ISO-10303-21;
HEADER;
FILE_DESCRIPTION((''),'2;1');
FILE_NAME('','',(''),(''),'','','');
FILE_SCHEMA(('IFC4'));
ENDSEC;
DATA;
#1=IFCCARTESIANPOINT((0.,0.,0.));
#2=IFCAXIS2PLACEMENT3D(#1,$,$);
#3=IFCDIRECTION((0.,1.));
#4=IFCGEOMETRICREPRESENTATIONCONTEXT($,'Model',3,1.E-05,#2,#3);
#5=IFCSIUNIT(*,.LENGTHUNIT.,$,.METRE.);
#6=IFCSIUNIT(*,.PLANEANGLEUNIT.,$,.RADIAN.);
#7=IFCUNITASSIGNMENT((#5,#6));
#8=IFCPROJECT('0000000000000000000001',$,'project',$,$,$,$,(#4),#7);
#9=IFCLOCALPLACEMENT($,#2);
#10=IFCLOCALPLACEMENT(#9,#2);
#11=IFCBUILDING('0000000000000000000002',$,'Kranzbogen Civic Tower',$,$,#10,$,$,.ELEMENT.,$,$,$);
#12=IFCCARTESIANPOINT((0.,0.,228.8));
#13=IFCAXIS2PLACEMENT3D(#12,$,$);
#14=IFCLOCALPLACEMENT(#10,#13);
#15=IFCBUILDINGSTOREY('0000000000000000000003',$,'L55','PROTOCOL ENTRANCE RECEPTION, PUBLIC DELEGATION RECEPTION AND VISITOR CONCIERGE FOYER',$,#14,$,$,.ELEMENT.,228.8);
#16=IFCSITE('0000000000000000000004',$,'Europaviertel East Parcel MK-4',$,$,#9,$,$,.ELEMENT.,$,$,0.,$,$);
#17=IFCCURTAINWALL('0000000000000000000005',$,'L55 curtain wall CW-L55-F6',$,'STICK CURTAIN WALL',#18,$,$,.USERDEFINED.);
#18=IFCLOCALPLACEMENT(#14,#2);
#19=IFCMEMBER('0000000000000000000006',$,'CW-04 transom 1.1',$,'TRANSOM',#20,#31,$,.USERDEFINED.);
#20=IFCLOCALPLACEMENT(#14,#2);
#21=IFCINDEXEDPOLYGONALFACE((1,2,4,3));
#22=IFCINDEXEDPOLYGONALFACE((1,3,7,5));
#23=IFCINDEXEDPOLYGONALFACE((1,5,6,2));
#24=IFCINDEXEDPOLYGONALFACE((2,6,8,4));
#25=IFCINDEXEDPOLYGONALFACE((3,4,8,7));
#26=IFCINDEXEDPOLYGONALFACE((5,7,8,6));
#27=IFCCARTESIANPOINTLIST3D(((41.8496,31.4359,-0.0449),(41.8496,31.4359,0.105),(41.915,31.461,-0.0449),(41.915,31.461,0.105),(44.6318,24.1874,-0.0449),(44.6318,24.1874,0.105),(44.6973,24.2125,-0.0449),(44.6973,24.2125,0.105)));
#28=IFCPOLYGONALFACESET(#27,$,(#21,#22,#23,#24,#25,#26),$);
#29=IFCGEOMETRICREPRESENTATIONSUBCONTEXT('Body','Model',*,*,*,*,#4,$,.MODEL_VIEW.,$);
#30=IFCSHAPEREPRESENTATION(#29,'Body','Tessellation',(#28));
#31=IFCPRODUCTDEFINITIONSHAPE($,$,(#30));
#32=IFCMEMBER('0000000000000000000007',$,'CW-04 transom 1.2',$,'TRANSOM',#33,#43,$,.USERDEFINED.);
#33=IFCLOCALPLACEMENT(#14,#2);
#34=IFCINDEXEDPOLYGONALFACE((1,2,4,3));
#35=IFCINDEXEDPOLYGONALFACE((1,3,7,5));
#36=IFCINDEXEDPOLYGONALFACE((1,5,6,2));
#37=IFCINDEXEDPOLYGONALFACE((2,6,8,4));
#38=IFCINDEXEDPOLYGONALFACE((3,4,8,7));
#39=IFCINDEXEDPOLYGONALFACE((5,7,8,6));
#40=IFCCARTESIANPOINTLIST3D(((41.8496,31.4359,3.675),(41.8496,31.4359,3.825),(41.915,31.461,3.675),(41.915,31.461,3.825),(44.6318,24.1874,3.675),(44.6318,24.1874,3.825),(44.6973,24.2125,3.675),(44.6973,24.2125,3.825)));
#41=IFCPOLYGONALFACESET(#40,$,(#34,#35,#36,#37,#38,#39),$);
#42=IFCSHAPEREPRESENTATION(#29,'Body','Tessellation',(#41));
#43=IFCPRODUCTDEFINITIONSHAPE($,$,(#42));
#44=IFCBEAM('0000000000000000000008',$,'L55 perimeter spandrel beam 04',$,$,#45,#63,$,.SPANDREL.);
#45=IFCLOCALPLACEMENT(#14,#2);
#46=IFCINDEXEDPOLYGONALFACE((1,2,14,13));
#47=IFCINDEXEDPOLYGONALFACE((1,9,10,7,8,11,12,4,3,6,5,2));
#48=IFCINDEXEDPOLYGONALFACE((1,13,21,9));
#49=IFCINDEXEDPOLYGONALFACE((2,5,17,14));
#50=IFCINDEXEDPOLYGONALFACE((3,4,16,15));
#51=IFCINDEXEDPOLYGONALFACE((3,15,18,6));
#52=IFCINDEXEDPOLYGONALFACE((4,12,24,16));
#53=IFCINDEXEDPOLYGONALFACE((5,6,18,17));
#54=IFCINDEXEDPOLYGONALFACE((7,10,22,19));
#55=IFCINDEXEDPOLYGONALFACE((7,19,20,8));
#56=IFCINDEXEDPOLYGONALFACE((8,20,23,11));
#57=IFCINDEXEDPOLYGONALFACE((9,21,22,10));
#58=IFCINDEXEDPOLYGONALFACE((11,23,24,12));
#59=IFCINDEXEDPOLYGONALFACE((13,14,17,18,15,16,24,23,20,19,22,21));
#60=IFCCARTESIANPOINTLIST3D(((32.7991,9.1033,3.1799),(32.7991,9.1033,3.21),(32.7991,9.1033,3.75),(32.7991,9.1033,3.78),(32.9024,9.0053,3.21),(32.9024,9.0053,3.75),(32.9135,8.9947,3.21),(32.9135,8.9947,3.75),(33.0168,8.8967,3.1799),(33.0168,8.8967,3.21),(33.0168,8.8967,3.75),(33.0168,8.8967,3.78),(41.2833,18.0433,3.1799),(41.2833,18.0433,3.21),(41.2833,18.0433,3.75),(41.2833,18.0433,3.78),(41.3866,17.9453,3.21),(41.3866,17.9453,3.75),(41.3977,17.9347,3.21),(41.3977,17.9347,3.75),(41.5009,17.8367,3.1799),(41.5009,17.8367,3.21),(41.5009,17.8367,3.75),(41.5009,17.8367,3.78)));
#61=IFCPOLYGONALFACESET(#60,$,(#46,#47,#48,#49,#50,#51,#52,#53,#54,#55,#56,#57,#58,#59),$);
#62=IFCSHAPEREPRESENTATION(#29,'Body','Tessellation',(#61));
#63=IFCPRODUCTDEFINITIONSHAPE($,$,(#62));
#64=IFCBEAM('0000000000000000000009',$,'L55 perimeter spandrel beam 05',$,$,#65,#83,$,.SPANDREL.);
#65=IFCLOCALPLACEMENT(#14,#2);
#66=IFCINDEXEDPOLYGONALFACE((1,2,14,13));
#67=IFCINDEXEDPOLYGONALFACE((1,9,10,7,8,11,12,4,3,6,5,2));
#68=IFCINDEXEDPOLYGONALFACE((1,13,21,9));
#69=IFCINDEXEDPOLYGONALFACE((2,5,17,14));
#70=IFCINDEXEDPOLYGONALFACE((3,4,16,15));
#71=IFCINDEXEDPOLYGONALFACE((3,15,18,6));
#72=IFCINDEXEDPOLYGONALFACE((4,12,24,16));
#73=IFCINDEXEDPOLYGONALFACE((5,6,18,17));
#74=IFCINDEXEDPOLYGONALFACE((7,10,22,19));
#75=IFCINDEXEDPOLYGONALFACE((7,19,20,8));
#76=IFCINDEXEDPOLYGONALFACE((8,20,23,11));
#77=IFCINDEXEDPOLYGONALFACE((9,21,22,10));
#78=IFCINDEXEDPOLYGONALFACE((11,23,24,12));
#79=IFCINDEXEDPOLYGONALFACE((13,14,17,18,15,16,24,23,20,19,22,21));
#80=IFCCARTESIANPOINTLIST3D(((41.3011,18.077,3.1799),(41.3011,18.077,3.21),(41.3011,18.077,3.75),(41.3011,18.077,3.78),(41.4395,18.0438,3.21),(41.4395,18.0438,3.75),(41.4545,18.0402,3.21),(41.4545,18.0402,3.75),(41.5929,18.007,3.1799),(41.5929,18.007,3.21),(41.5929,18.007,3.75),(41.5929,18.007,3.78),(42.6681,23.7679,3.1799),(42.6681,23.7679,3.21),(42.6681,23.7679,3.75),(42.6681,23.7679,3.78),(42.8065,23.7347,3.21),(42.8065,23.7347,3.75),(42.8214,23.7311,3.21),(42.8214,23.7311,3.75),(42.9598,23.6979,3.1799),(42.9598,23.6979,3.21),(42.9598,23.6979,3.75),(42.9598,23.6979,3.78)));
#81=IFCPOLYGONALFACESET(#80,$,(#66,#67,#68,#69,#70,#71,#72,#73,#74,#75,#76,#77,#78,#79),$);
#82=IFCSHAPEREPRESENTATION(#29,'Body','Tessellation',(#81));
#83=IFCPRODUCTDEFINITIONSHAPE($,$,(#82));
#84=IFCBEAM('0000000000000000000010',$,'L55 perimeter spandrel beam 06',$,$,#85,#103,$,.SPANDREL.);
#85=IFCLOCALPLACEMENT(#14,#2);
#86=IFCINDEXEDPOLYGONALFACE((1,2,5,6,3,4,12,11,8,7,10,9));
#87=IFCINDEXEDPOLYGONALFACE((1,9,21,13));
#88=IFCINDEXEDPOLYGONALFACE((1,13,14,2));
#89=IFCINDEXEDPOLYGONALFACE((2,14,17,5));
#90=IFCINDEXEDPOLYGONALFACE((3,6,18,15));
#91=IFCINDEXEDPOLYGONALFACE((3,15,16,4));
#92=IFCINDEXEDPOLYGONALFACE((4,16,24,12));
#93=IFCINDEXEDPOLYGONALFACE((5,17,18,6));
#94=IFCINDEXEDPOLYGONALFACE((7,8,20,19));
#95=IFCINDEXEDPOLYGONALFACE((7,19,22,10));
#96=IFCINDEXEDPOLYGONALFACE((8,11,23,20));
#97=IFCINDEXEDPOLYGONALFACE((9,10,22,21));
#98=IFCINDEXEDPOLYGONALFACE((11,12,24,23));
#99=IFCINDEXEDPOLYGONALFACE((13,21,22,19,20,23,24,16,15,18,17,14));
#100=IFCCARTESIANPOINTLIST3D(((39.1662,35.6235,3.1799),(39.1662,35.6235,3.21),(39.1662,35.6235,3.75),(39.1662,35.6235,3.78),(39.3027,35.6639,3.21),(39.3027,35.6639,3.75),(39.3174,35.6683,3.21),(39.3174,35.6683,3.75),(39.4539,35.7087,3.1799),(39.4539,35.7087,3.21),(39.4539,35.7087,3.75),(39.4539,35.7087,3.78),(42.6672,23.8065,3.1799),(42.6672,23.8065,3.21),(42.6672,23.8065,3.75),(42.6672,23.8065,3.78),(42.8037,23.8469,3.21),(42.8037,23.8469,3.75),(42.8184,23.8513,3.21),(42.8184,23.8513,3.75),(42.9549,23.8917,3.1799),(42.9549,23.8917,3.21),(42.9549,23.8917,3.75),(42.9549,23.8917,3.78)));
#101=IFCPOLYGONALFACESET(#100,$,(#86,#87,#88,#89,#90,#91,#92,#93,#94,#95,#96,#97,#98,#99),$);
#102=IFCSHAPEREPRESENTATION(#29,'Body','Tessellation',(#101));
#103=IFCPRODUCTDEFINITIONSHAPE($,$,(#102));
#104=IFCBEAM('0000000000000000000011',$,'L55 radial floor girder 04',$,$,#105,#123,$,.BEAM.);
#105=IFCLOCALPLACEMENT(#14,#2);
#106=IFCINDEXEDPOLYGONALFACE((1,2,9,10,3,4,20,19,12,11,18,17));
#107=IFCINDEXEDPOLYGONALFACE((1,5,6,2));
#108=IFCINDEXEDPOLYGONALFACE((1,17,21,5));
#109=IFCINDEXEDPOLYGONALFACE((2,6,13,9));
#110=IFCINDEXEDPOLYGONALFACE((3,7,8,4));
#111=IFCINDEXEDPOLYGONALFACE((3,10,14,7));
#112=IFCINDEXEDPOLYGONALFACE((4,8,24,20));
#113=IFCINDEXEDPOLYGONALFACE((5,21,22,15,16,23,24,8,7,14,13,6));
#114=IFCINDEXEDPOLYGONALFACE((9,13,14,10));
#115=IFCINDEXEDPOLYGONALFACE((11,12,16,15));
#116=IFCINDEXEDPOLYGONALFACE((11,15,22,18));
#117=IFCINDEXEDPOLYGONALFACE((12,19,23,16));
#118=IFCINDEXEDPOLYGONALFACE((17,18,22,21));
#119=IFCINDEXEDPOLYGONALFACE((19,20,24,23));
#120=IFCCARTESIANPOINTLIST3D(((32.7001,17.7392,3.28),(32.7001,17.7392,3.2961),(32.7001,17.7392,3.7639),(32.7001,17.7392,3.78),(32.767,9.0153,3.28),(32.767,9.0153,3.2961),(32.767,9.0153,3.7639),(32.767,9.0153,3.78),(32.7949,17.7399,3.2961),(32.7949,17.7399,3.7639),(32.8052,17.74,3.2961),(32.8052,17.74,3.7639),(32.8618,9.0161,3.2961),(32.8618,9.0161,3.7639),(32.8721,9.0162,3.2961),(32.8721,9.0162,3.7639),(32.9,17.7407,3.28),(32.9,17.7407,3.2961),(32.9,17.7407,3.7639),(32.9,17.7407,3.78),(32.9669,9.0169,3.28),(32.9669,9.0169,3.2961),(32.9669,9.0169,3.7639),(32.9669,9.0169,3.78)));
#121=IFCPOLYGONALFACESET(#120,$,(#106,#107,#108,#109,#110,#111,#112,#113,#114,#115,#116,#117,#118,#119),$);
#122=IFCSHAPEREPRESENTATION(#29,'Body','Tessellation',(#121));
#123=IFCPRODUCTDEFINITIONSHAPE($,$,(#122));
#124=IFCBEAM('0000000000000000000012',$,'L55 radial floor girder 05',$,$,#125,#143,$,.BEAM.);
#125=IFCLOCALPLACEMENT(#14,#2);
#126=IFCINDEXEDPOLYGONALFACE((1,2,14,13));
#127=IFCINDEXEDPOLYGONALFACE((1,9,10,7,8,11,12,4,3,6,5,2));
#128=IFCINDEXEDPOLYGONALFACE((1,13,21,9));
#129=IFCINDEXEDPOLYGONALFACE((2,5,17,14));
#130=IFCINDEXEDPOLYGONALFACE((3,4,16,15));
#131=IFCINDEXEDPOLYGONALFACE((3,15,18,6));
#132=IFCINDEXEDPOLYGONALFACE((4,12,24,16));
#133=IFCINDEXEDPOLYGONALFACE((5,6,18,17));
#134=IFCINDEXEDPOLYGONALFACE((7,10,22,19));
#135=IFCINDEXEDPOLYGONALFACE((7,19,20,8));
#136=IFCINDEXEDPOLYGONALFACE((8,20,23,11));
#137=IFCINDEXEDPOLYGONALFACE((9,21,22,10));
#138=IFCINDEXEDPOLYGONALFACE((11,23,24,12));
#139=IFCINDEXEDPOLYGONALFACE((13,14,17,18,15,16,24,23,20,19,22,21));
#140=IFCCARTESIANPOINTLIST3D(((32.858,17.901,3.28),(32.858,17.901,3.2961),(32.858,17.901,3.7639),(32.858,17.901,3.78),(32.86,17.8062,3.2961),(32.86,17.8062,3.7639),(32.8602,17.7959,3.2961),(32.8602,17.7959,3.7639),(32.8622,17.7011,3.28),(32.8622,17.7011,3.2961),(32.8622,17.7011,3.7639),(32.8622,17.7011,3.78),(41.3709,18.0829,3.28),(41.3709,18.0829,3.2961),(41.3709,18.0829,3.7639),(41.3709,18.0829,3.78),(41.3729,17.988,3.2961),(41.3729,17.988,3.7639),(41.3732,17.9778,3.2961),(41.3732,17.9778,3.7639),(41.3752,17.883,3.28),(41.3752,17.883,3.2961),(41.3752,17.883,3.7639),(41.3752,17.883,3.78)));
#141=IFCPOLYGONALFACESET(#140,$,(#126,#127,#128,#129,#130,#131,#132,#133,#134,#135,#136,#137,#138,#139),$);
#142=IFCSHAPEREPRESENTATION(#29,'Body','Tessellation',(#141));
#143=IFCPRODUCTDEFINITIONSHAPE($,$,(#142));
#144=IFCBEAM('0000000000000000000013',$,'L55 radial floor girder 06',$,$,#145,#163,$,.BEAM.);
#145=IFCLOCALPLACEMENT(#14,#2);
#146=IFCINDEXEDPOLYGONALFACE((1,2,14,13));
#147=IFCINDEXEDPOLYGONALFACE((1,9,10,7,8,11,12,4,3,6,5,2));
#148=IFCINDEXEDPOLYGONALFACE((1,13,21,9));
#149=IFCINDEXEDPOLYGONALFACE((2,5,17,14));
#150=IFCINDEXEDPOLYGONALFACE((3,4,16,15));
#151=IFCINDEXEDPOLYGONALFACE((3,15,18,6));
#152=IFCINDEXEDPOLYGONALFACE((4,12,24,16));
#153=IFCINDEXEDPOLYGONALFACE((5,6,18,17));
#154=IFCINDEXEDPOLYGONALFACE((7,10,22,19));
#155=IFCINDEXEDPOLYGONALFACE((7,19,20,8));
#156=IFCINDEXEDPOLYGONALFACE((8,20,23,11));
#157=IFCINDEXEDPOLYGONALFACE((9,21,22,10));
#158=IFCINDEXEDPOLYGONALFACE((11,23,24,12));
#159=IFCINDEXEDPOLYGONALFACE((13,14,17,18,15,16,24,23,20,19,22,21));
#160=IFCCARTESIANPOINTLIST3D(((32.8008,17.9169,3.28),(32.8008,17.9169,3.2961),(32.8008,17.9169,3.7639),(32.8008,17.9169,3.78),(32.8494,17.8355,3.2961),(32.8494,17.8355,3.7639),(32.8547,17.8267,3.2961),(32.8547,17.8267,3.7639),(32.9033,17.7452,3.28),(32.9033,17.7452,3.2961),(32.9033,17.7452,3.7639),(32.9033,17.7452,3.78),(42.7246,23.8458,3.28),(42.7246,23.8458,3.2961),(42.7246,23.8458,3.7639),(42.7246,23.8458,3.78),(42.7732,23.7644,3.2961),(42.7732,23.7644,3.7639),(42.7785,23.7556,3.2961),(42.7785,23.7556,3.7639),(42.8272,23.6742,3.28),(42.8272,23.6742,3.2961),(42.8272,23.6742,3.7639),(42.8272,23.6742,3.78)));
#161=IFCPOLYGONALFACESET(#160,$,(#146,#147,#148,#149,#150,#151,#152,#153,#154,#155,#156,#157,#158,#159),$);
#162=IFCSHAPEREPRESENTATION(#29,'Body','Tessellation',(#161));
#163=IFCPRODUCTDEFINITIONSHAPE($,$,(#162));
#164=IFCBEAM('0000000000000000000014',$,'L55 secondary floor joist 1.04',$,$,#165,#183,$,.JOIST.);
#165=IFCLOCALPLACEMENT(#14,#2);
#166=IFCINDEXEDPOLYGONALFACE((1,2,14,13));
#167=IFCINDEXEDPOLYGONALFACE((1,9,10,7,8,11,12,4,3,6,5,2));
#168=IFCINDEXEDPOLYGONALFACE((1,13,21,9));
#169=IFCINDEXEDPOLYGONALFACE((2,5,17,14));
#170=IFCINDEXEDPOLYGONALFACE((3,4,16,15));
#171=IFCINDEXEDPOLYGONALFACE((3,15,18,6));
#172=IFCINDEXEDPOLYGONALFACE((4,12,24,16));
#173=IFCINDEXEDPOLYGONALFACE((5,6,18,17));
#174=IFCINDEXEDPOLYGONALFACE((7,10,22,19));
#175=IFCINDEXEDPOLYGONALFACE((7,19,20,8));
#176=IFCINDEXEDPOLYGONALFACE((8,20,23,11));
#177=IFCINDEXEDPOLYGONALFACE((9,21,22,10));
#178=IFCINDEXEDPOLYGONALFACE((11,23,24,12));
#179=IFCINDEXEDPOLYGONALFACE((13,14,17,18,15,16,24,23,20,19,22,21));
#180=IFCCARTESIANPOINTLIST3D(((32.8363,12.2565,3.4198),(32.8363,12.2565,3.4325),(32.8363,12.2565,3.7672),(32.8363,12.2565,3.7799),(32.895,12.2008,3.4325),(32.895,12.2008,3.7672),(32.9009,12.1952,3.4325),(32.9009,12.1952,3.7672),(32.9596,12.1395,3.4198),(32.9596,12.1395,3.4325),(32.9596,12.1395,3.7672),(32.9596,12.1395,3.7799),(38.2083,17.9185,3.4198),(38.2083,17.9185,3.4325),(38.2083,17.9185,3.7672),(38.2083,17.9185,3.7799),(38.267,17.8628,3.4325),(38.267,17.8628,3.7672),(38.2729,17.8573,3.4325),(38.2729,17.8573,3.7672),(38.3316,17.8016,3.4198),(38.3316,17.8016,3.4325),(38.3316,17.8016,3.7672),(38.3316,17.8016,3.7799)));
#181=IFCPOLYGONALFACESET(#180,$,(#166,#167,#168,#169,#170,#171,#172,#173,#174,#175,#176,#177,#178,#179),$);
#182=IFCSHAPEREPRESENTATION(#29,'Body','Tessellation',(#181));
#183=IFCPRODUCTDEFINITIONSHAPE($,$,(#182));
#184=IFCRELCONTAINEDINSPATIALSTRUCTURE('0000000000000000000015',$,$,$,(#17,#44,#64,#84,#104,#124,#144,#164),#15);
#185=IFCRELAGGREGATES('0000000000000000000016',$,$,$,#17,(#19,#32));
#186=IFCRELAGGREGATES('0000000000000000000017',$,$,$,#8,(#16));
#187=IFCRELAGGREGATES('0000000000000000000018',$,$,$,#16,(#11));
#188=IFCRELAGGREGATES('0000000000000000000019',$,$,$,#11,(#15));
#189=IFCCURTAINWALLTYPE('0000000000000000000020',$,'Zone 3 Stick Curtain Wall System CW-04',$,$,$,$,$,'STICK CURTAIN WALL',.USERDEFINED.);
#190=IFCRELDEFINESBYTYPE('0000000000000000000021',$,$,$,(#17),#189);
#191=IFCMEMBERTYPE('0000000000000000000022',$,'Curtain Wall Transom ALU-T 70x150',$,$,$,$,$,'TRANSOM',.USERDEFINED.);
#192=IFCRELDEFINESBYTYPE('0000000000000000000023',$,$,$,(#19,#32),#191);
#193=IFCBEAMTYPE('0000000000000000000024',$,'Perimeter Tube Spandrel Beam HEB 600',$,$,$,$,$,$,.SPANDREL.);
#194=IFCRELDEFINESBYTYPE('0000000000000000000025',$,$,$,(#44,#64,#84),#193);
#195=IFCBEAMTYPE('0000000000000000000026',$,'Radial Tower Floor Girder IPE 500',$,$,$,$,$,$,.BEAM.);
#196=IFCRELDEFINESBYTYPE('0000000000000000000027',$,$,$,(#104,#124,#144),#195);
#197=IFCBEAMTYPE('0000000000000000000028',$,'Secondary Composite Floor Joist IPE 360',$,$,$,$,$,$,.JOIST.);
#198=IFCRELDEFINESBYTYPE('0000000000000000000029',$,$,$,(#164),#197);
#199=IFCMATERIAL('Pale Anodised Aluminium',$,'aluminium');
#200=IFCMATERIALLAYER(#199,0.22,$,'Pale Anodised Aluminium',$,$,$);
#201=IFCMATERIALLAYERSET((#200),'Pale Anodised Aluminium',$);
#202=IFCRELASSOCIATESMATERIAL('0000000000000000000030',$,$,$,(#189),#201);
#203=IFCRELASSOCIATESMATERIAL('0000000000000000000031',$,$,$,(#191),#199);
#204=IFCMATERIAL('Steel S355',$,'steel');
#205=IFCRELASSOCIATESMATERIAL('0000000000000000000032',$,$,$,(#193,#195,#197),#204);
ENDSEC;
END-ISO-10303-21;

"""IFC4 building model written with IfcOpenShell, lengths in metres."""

from ifc_helpers import new_model, si_unit, direction, frame, origin, origin_2d, place, context, subcontext, project, spatial, rectangle, i_section, extrude, material, layer, layer_set, material_profile, profile_set, type_object, element, aggregate, save


model = new_model("IFC4")

# Units and contexts
model_context = context("Model", 3, precision=1e-05, world=origin(), true_north=direction((0.0, 1.0)))
body_context = subcontext(model_context, "Body", "Model", "MODEL_VIEW")
ifc_project = project(units=[si_unit("LENGTHUNIT", "METRE"), si_unit("PLANEANGLEUNIT", "RADIAN")], contexts=[model_context])

# Site, building, storey
site_placement = place(None, origin())
site = spatial("IfcSite", under=ifc_project, at=site_placement, Name="Europaviertel East Parcel MK-4", CompositionType="ELEMENT", RefElevation=0.0)
building_placement = place(site_placement, origin())
building = spatial("IfcBuilding", under=site, at=building_placement, Name="Kranzbogen Civic Tower", CompositionType="ELEMENT")
storey_placement = place(building_placement, frame((0.0, 0.0, 228.8)))
storey = spatial("IfcBuildingStorey", under=building, at=storey_placement, Name="L55", Description="PROTOCOL ENTRANCE RECEPTION, PUBLIC DELEGATION RECEPTION AND VISITOR CONCIERGE FOYER", CompositionType="ELEMENT", Elevation=228.8)

# Shared definitions
ifc_material_1 = material(Name="Steel S355", Category="steel")

# Shared definitions
ifc_material_2 = material(Name="Pale Anodised Aluminium", Category="aluminium")
ifc_layer_1 = layer(ifc_material_2, 0.22, Name="Pale Anodised Aluminium")
ifc_layer_set_1 = layer_set([ifc_layer_1], Name="Pale Anodised Aluminium")
curtain_wall_type = type_object("IfcCurtainWallType", Name="Zone 3 Stick Curtain Wall System CW-04", ElementType="STICK CURTAIN WALL", PredefinedType="USERDEFINED", material=ifc_layer_set_1)

# Curtain wall
curtain_wall_1_placement = place(storey_placement, origin())
curtain_wall_1 = element("IfcCurtainWall", 1, at=curtain_wall_1_placement, inside=storey, type_object=curtain_wall_type, Name="L55 curtain wall CW-L55-F6", ObjectType="STICK CURTAIN WALL", PredefinedType="USERDEFINED")

# Members
ifc_material_profile_1 = material_profile(ifc_material_2, rectangle(XDim=0.0701, YDim=0.1499, at=origin_2d()), Name="ALU-T 70x150")
ifc_profile_set_1 = profile_set([ifc_material_profile_1], Name="Pale Anodised Aluminium")
member_type_1 = type_object("IfcMemberType", Name="Curtain Wall Transom ALU-T 70x150", ElementType="TRANSOM", PredefinedType="USERDEFINED", material=ifc_profile_set_1)
member_1_placement = place(storey_placement, frame((44.6646, 24.2, 0.03), z_axis=(-0.358343, 0.93359, 0.0), x_axis=(-0.93359, -0.358343, 0.0)))
member_1 = element("IfcMember", 2, at=member_1_placement, type_object=member_type_1, Name="CW-04 transom 1.1", ObjectType="TRANSOM", PredefinedType="USERDEFINED", context=body_context, shape_type="SweptSolid", body=[
    extrude(rectangle(XDim=0.0701, YDim=0.1499, at=origin_2d()), origin(), (0.0, 0.0, 1.0), 7.7642),
])
member_2_placement = place(storey_placement, frame((44.6646, 24.2, 3.75), z_axis=(-0.358343, 0.93359, 0.0), x_axis=(-0.93359, -0.358343, 0.0)))
member_2 = element("IfcMember", 3, at=member_2_placement, type_object=member_type_1, Name="CW-04 transom 1.2", ObjectType="TRANSOM", PredefinedType="USERDEFINED", context=body_context, shape_type="SweptSolid", body=[
    extrude(rectangle(XDim=0.0701, YDim=0.1499, at=origin_2d()), origin(), (0.0, 0.0, 1.0), 7.7642),
])
aggregate(curtain_wall_1, [member_1, member_2])

# Beams
ifc_material_profile_2 = material_profile(ifc_material_1, i_section(OverallWidth=0.3, OverallDepth=0.6001, WebThickness=0.0154, FlangeThickness=0.03, at=origin_2d()), Name="HEB 600")
ifc_profile_set_2 = profile_set([ifc_material_profile_2], Name="Steel S355")
beam_type_1 = type_object("IfcBeamType", Name="Perimeter Tube Spandrel Beam HEB 600", PredefinedType="SPANDREL", material=ifc_profile_set_2)
beam_1_placement = place(storey_placement, frame((32.908, 9.0, 3.48), z_axis=(0.688373, 0.725356, 0.0), x_axis=(-0.725356, 0.688373, 0.0)))
element("IfcBeam", 4, at=beam_1_placement, inside=storey, type_object=beam_type_1, Name="L55 perimeter spandrel beam 04", PredefinedType="SPANDREL", context=body_context, shape_type="SweptSolid", body=[
    extrude(i_section(OverallWidth=0.3, OverallDepth=0.6001, WebThickness=0.0154, FlangeThickness=0.03, at=origin_2d()), origin(), (0.0, 0.0, 1.0), 12.325),
])
beam_2_placement = place(storey_placement, frame((41.447, 18.042, 3.48), z_axis=(0.233554, 0.972344, 0.0), x_axis=(-0.972344, 0.233554, 0.0)))
element("IfcBeam", 5, at=beam_2_placement, inside=storey, type_object=beam_type_1, Name="L55 perimeter spandrel beam 05", PredefinedType="SPANDREL", context=body_context, shape_type="SweptSolid", body=[
    extrude(i_section(OverallWidth=0.3, OverallDepth=0.6001, WebThickness=0.0154, FlangeThickness=0.03, at=origin_2d()), origin(), (0.0, 0.0, 1.0), 5.8528),
])
beam_3_placement = place(storey_placement, frame((42.811, 23.8491, 3.48), z_axis=(-0.284064, 0.958805, 0.0), x_axis=(-0.958805, -0.284064, 0.0)))
element("IfcBeam", 6, at=beam_3_placement, inside=storey, type_object=beam_type_1, Name="L55 perimeter spandrel beam 06", PredefinedType="SPANDREL", context=body_context, shape_type="SweptSolid", body=[
    extrude(i_section(OverallWidth=0.3, OverallDepth=0.6001, WebThickness=0.0154, FlangeThickness=0.03, at=origin_2d()), origin(), (0.0, 0.0, 1.0), 12.3247),
])
ifc_material_profile_3 = material_profile(ifc_material_1, i_section(OverallWidth=0.2, OverallDepth=0.5, WebThickness=0.0103, FlangeThickness=0.0161, at=origin_2d()), Name="IPE 500")
ifc_profile_set_3 = profile_set([ifc_material_profile_3], Name="Steel S355")
beam_type_2 = type_object("IfcBeamType", Name="Radial Tower Floor Girder IPE 500", PredefinedType="BEAM", material=ifc_profile_set_3)
beam_4_placement = place(storey_placement, frame((32.8669, 9.0161, 3.53), z_axis=(-0.007668, 0.999971, 0.0), x_axis=(-0.999971, -0.007668, 0.0)))
element("IfcBeam", 7, at=beam_4_placement, inside=storey, type_object=beam_type_2, Name="L55 radial floor girder 04", PredefinedType="BEAM", context=body_context, shape_type="SweptSolid", body=[
    extrude(i_section(OverallWidth=0.2, OverallDepth=0.5, WebThickness=0.0103, FlangeThickness=0.0161, at=origin_2d()), origin(), (0.0, 0.0, 1.0), 8.7241),
])
beam_5_placement = place(storey_placement, frame((41.373, 17.9829, 3.53), z_axis=(-0.999772, -0.021361, 0.0), x_axis=(0.021361, -0.999772, 0.0)))
element("IfcBeam", 8, at=beam_5_placement, inside=storey, type_object=beam_type_2, Name="L55 radial floor girder 05", PredefinedType="BEAM", context=body_context, shape_type="SweptSolid", body=[
    extrude(i_section(OverallWidth=0.2, OverallDepth=0.5, WebThickness=0.0103, FlangeThickness=0.0161, at=origin_2d()), origin(), (0.0, 0.0, 1.0), 8.5149),
])
beam_6_placement = place(storey_placement, frame((42.7759, 23.76, 3.53), z_axis=(-0.858459, -0.512883, 0.0), x_axis=(0.512883, -0.858459, 0.0)))
element("IfcBeam", 9, at=beam_6_placement, inside=storey, type_object=beam_type_2, Name="L55 radial floor girder 06", PredefinedType="BEAM", context=body_context, shape_type="SweptSolid", body=[
    extrude(i_section(OverallWidth=0.2, OverallDepth=0.5, WebThickness=0.0103, FlangeThickness=0.0161, at=origin_2d()), origin(), (0.0, 0.0, 1.0), 11.5601),
])
ifc_material_profile_4 = material_profile(ifc_material_1, i_section(OverallWidth=0.1699, OverallDepth=0.3601, WebThickness=0.0081, FlangeThickness=0.0127, at=origin_2d()), Name="IPE 360")
ifc_profile_set_4 = profile_set([ifc_material_profile_4], Name="Steel S355")
beam_type_3 = type_object("IfcBeamType", Name="Secondary Composite Floor Joist IPE 360", PredefinedType="JOIST", material=ifc_profile_set_4)
beam_7_placement = place(storey_placement, frame((32.8979, 12.198, 3.5999), z_axis=(0.688282, 0.725443, 0.0), x_axis=(-0.725443, 0.688282, 0.0)))
element("IfcBeam", 10, at=beam_7_placement, inside=storey, type_object=beam_type_3, Name="L55 secondary floor joist 1.04", PredefinedType="JOIST", context=body_context, shape_type="SweptSolid", body=[
    extrude(i_section(OverallWidth=0.1699, OverallDepth=0.3601, WebThickness=0.0081, FlangeThickness=0.0127, at=origin_2d()), origin(), (0.0, 0.0, 1.0), 7.8049),
])

save(model, "model.ifc")
